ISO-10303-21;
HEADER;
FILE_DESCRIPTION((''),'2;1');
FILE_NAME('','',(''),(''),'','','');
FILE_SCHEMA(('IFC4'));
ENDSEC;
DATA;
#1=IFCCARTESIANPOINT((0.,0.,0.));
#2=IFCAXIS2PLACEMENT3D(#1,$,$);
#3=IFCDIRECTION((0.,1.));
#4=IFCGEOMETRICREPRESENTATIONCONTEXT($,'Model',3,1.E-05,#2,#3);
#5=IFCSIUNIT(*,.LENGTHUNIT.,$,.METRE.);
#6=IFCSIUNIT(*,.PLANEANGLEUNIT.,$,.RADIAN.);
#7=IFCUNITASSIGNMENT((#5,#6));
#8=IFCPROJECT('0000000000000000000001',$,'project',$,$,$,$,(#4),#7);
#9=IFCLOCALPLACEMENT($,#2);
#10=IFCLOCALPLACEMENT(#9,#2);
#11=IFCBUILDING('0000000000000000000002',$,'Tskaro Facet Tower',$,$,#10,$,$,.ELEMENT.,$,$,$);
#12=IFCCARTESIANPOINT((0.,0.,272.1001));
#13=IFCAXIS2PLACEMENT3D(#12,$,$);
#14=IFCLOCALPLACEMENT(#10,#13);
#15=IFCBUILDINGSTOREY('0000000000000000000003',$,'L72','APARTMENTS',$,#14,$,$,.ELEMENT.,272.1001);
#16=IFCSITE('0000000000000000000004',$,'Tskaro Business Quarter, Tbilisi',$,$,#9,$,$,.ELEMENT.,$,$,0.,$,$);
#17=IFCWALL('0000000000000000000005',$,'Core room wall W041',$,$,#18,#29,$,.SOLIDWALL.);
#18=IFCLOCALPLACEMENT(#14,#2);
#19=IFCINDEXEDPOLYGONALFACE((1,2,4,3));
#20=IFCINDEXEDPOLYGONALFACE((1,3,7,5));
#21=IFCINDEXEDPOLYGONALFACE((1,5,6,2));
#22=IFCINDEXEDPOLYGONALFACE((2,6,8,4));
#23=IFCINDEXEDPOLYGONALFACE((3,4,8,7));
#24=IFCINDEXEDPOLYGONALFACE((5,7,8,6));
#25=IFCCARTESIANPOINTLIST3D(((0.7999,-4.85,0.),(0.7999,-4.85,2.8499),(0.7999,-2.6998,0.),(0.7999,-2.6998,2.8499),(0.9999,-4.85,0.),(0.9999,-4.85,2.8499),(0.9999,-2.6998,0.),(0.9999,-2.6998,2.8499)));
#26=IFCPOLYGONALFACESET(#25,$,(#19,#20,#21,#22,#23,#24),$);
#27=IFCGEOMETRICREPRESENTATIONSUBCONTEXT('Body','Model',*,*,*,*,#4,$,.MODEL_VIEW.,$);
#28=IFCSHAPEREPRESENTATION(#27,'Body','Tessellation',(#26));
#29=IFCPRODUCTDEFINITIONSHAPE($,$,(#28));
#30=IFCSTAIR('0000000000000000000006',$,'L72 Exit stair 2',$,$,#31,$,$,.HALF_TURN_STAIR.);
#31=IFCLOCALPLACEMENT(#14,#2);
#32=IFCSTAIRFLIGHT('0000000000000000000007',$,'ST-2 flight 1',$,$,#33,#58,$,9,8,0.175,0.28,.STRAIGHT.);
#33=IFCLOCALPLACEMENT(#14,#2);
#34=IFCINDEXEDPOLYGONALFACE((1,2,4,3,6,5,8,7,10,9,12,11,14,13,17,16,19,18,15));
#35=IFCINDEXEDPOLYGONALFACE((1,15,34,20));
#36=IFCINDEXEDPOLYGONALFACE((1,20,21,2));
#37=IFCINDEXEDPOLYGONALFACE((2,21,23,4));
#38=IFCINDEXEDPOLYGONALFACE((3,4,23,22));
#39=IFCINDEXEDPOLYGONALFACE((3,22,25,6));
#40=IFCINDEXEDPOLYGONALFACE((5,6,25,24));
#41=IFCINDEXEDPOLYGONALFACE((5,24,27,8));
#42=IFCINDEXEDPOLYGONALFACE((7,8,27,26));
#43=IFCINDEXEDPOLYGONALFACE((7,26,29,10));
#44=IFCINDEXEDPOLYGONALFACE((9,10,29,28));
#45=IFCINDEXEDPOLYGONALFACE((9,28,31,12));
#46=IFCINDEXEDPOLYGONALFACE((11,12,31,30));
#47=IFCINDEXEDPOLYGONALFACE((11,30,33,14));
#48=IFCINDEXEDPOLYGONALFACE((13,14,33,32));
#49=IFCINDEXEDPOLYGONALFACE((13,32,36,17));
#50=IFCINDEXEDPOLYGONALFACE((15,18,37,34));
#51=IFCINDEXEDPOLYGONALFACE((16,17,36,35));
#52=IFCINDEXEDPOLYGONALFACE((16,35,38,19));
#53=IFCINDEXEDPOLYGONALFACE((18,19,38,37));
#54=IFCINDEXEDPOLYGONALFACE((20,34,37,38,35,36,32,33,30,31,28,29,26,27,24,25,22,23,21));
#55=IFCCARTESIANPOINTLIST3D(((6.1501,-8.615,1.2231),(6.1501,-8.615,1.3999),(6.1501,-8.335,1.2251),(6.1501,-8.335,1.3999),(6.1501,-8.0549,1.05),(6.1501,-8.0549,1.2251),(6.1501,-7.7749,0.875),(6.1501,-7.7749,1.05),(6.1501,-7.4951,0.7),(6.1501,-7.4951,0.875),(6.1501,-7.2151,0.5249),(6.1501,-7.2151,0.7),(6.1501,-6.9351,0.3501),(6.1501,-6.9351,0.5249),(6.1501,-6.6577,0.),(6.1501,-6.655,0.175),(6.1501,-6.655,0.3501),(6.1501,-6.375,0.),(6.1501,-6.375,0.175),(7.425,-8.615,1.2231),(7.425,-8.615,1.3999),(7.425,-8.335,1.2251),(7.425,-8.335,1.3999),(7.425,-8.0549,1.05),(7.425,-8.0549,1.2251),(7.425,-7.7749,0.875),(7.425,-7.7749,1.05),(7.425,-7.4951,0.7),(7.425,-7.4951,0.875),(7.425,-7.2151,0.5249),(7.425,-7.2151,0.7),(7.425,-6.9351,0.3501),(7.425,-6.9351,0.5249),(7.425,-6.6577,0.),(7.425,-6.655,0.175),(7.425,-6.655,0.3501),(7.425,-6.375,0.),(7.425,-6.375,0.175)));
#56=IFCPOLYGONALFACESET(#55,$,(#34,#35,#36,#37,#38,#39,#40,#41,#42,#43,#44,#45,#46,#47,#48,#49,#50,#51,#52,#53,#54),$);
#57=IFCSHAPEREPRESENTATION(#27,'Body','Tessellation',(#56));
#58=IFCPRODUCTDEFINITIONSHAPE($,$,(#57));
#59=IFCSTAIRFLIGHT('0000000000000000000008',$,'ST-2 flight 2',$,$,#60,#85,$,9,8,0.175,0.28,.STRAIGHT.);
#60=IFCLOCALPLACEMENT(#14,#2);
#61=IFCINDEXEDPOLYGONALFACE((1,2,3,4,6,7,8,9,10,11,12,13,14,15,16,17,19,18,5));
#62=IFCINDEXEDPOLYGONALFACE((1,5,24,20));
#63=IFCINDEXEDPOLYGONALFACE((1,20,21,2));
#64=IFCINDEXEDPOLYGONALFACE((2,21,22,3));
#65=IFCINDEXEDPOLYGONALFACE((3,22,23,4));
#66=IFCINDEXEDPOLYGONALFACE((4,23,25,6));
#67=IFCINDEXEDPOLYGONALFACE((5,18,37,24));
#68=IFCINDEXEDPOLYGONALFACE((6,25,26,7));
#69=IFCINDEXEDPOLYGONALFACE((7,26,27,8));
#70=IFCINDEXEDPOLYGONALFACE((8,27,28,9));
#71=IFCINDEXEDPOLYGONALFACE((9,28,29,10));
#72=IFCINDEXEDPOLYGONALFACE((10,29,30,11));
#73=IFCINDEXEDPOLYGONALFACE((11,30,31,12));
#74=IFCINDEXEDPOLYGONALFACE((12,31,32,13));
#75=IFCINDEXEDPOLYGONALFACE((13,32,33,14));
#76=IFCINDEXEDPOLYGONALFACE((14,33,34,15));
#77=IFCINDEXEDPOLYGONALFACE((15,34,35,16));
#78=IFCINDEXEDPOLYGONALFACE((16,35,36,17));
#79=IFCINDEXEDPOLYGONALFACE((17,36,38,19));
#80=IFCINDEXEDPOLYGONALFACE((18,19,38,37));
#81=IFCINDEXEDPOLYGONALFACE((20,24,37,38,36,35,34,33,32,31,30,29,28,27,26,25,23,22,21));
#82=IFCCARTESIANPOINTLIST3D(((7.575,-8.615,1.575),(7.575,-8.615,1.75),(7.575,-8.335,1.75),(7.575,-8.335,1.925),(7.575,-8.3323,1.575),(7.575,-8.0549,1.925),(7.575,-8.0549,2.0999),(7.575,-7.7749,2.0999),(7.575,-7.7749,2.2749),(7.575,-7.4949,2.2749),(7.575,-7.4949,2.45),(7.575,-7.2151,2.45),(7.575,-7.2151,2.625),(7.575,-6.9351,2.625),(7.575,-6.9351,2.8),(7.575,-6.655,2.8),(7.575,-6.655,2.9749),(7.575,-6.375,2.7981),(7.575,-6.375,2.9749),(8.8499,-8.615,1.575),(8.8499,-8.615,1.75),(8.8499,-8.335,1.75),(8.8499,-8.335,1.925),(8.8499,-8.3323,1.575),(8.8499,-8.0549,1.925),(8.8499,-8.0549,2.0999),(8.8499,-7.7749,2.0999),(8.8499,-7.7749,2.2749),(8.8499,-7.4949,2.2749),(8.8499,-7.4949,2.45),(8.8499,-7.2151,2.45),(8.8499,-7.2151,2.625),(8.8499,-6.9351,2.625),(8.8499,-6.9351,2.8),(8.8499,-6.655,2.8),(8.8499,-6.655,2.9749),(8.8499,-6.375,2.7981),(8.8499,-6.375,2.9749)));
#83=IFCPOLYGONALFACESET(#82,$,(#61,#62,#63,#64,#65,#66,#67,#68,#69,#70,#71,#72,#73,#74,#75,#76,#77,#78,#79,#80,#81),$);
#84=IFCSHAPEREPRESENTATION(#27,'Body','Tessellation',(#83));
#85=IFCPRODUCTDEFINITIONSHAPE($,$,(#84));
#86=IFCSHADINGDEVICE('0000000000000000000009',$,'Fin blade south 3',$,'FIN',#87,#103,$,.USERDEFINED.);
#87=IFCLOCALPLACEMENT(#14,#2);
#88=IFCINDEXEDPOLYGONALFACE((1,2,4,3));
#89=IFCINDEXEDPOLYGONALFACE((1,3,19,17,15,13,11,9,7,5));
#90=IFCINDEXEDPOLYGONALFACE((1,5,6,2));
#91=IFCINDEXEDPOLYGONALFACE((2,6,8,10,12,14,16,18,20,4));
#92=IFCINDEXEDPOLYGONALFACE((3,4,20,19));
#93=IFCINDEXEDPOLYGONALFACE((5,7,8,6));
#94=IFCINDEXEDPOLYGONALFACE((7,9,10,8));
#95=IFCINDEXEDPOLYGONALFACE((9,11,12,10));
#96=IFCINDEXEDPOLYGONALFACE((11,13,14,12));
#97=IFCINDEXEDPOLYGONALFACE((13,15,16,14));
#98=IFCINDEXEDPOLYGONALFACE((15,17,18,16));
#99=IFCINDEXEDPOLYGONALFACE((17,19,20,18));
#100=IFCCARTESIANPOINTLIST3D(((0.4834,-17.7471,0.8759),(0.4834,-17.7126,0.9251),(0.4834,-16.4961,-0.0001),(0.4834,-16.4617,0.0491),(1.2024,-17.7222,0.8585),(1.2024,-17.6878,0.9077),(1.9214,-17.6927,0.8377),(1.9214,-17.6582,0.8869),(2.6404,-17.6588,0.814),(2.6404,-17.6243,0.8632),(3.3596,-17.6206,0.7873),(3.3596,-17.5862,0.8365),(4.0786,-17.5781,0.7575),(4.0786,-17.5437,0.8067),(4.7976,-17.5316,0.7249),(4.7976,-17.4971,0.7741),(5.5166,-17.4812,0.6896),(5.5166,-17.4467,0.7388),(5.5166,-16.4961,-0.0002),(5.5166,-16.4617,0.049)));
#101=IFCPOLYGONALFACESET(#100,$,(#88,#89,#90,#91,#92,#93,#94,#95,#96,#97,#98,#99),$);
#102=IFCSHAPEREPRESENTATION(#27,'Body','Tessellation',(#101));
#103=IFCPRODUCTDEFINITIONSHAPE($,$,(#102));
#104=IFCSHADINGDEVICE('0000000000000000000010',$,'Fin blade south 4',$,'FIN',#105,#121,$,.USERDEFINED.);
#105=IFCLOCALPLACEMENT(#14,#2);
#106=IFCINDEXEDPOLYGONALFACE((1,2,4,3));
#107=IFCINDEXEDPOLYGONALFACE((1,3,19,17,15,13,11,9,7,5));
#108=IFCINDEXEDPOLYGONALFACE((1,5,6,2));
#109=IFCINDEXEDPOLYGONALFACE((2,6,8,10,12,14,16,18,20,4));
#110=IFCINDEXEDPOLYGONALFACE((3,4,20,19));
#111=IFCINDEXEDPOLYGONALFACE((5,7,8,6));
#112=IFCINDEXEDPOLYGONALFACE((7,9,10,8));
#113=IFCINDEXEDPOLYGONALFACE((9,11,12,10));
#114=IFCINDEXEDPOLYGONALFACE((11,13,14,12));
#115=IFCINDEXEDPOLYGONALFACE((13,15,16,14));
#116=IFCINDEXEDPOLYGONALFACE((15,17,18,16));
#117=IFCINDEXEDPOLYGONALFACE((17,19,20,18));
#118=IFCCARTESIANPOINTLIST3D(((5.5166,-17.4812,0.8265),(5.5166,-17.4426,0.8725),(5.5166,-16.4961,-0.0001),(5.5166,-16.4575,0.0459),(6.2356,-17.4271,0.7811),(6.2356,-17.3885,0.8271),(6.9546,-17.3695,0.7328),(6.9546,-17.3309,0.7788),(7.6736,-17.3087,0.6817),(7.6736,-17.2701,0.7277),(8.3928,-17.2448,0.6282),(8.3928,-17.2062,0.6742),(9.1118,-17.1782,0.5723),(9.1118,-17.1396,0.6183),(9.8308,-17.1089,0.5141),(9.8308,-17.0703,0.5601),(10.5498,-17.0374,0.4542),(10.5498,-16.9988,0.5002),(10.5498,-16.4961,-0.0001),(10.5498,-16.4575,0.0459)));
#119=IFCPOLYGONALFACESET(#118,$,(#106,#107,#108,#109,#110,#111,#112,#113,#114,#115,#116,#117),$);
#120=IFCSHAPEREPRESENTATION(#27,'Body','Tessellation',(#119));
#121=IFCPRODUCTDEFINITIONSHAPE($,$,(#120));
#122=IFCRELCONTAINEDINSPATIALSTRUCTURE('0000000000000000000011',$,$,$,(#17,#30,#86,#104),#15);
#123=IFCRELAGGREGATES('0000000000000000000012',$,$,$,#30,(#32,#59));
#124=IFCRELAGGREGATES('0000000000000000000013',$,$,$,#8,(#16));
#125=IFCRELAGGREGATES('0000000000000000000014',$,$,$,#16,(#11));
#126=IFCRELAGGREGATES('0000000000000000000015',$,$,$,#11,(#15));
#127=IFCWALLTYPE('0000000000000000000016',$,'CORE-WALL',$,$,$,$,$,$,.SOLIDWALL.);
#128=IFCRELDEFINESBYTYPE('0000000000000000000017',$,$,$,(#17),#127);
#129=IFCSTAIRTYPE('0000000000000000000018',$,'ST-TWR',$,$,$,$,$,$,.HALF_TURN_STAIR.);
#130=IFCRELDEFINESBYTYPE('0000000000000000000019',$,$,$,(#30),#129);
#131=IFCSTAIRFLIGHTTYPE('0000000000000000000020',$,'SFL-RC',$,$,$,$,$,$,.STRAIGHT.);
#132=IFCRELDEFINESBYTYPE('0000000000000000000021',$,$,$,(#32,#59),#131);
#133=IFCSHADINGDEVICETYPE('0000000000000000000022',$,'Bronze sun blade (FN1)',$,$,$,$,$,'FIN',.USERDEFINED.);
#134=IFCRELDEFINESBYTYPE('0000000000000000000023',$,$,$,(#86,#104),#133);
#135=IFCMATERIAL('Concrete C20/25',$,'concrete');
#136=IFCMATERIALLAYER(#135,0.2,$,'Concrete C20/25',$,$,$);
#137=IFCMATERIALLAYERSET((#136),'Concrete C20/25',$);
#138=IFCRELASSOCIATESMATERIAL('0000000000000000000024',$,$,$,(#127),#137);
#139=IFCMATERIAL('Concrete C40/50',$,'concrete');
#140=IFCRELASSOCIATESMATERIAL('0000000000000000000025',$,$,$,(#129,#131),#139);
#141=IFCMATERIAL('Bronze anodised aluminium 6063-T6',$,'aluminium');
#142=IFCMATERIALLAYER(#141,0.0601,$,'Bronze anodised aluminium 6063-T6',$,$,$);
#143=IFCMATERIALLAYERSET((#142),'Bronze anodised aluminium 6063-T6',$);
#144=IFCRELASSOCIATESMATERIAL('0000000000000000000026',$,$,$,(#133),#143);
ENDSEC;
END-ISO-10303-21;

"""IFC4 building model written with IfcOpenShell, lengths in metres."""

from ifc_helpers import new_model, si_unit, direction, frame, frame_2d, origin, place, context, subcontext, project, spatial, polyline, rectangle, outline, extrude, material, layer, layer_set, type_object, element, aggregate, save


model = new_model("IFC4")

# Units and contexts
model_context = context("Model", 3, precision=1e-05, world=origin(), true_north=direction((0.0, 1.0)))
body_context = subcontext(model_context, "Body", "Model", "MODEL_VIEW")
ifc_project = project(units=[si_unit("LENGTHUNIT", "METRE"), si_unit("PLANEANGLEUNIT", "RADIAN")], contexts=[model_context])

# Site, building, storey
site_placement = place(None, origin())
site = spatial("IfcSite", under=ifc_project, at=site_placement, Name="Tskaro Business Quarter, Tbilisi", CompositionType="ELEMENT", RefElevation=0.0)
building_placement = place(site_placement, origin())
building = spatial("IfcBuilding", under=site, at=building_placement, Name="Tskaro Facet Tower", CompositionType="ELEMENT")
storey_placement = place(building_placement, frame((0.0, 0.0, 272.1001)))
storey = spatial("IfcBuildingStorey", under=building, at=storey_placement, Name="L72", Description="APARTMENTS", CompositionType="ELEMENT", Elevation=272.1001)

# Shared definitions
ifc_material_1 = material(Name="Bronze anodised aluminium 6063-T6", Category="aluminium")

# Wall
ifc_material_2 = material(Name="Concrete C20/25", Category="concrete")
ifc_layer_1 = layer(ifc_material_2, 0.2, Name="Concrete C20/25")
ifc_layer_set_1 = layer_set([ifc_layer_1], Name="Concrete C20/25")
wall_type_1 = type_object("IfcWallType", Name="CORE-WALL", PredefinedType="SOLIDWALL", material=ifc_layer_set_1)
wall_1_placement = place(storey_placement, frame((0.8999, -4.8501, 0.0), z_axis=(0.0, 0.0, 1.0), x_axis=(0.0, 1.0, 0.0)))
element("IfcWall", 1, at=wall_1_placement, inside=storey, type_object=wall_type_1, Name="Core room wall W041", PredefinedType="SOLIDWALL", context=body_context, shape_type="SweptSolid", body=[
    extrude(rectangle(XDim=2.1501, YDim=0.2, at=frame_2d((1.0752, 0.0))), origin(), (0.0, 0.0, 1.0), 2.8499),
])

# Stair, stair flights
ifc_material_3 = material(Name="Concrete C40/50", Category="concrete")
stair_type = type_object("IfcStairType", Name="ST-TWR", PredefinedType="HALF_TURN_STAIR", material=ifc_material_3)
stair_placement = place(storey_placement, origin())
stair = element("IfcStair", 2, at=stair_placement, inside=storey, type_object=stair_type, Name="L72 Exit stair 2", PredefinedType="HALF_TURN_STAIR")
stair_flight_type = type_object("IfcStairFlightType", Name="SFL-RC", PredefinedType="STRAIGHT", material=ifc_material_3)
stair_flight_1_placement = place(storey_placement, frame((6.7876, -6.375, 0.0), z_axis=(0.0, 0.0, 1.0), x_axis=(0.0, -1.0, 0.0)))
stair_flight_1 = element("IfcStairFlight", 3, at=stair_flight_1_placement, type_object=stair_flight_type, Name="ST-2 flight 1", NumberOfRisers=9, NumberOfTreads=8, PredefinedType="STRAIGHT", RiserHeight=0.175, TreadLength=0.28, context=body_context, shape_type="SweptSolid", body=[
    extrude(outline(polyline([(0.0, 0.0), (0.0, 0.175), (0.28, 0.175), (0.28, 0.3501), (0.5601, 0.3501), (0.5601, 0.5249), (0.8401, 0.5249), (0.8401, 0.7), (1.1201, 0.7), (1.1201, 0.875), (1.3999, 0.875), (1.3999, 1.05), (1.6799, 1.05), (1.6799, 1.2251), (1.96, 1.2251), (1.96, 1.3999), (2.24, 1.3999), (2.24, 1.575), (2.24, 1.2231), (0.2827, 0.0), (0.0, 0.0)])), frame((0.0, 0.6375, 0.0), z_axis=(0.0, -1.0, 0.0), x_axis=(1.0, 0.0, 0.0)), (0.0, 0.0, 1.0), 1.2749),
])
stair_flight_2_placement = place(storey_placement, frame((8.2124, -8.615, 1.575), z_axis=(0.0, 0.0, 1.0), x_axis=(0.0, 1.0, 0.0)))
stair_flight_2 = element("IfcStairFlight", 4, at=stair_flight_2_placement, type_object=stair_flight_type, Name="ST-2 flight 2", NumberOfRisers=9, NumberOfTreads=8, PredefinedType="STRAIGHT", RiserHeight=0.175, TreadLength=0.28, context=body_context, shape_type="SweptSolid", body=[
    extrude(outline(polyline([(0.0, 0.0), (0.0, 0.175), (0.28, 0.175), (0.28, 0.3501), (0.5601, 0.3501), (0.5601, 0.5249), (0.8401, 0.5249), (0.8401, 0.7), (1.1201, 0.7), (1.1201, 0.875), (1.3999, 0.875), (1.3999, 1.05), (1.6799, 1.05), (1.6799, 1.2251), (1.96, 1.2251), (1.96, 1.3999), (2.24, 1.3999), (2.24, 1.575), (2.24, 1.2231), (0.2827, 0.0), (0.0, 0.0)])), frame((0.0, 0.6375, 0.0), z_axis=(0.0, -1.0, 0.0), x_axis=(1.0, 0.0, 0.0)), (0.0, 0.0, 1.0), 1.2749),
])
aggregate(stair, [stair_flight_1, stair_flight_2])

# Shading devices
ifc_layer_2 = layer(ifc_material_1, 0.0601, Name="Bronze anodised aluminium 6063-T6")
ifc_layer_set_2 = layer_set([ifc_layer_2], Name="Bronze anodised aluminium 6063-T6")
shading_device_type = type_object("IfcShadingDeviceType", Name="Bronze sun blade (FN1)", ElementType="FIN", PredefinedType="USERDEFINED", material=ifc_layer_set_2)
shading_device_1_placement = place(storey_placement, frame((0.4834, -16.4617, 0.0491), z_axis=(0.000007, 0.573598, 0.819137), x_axis=(1.0, -0.000004, -0.000006)))
element("IfcShadingDevice", 5, at=shading_device_1_placement, inside=storey, type_object=shading_device_type, Name="Fin blade south 3", ObjectType="FIN", PredefinedType="USERDEFINED", context=body_context, shape_type="SweptSolid", body=[
    extrude(outline(polyline([(0.0, 0.0), (5.0332, 0.0), (5.0332, -1.2025), (4.3142, -1.264), (3.5952, -1.3209), (2.8762, -1.3728), (2.157, -1.4194), (1.438, -1.4607), (0.719, -1.4968), (0.0, -1.5272), (0.0, 0.0)])), origin(), (0.0, 0.0, -1.0), 0.0601),
])
shading_device_2_placement = place(storey_placement, frame((5.5166, -16.4575, 0.0459), z_axis=(-0.000006, 0.642806, 0.766029), x_axis=(1.0, 0.000004, 0.000005)))
element("IfcShadingDevice", 6, at=shading_device_2_placement, inside=storey, type_object=shading_device_type, Name="Fin blade south 4", ObjectType="FIN", PredefinedType="USERDEFINED", context=body_context, shape_type="SweptSolid", body=[
    extrude(outline(polyline([(0.0, 0.0), (5.0332, 0.0), (5.0332, -0.7067), (4.3142, -0.7999), (3.5952, -0.8904), (2.8762, -0.9774), (2.157, -1.0607), (1.438, -1.1401), (0.719, -1.2153), (0.0, -1.286), (0.0, 0.0)])), origin(), (0.0, 0.0, -1.0), 0.0601),
])

save(model, "model.ifc")
